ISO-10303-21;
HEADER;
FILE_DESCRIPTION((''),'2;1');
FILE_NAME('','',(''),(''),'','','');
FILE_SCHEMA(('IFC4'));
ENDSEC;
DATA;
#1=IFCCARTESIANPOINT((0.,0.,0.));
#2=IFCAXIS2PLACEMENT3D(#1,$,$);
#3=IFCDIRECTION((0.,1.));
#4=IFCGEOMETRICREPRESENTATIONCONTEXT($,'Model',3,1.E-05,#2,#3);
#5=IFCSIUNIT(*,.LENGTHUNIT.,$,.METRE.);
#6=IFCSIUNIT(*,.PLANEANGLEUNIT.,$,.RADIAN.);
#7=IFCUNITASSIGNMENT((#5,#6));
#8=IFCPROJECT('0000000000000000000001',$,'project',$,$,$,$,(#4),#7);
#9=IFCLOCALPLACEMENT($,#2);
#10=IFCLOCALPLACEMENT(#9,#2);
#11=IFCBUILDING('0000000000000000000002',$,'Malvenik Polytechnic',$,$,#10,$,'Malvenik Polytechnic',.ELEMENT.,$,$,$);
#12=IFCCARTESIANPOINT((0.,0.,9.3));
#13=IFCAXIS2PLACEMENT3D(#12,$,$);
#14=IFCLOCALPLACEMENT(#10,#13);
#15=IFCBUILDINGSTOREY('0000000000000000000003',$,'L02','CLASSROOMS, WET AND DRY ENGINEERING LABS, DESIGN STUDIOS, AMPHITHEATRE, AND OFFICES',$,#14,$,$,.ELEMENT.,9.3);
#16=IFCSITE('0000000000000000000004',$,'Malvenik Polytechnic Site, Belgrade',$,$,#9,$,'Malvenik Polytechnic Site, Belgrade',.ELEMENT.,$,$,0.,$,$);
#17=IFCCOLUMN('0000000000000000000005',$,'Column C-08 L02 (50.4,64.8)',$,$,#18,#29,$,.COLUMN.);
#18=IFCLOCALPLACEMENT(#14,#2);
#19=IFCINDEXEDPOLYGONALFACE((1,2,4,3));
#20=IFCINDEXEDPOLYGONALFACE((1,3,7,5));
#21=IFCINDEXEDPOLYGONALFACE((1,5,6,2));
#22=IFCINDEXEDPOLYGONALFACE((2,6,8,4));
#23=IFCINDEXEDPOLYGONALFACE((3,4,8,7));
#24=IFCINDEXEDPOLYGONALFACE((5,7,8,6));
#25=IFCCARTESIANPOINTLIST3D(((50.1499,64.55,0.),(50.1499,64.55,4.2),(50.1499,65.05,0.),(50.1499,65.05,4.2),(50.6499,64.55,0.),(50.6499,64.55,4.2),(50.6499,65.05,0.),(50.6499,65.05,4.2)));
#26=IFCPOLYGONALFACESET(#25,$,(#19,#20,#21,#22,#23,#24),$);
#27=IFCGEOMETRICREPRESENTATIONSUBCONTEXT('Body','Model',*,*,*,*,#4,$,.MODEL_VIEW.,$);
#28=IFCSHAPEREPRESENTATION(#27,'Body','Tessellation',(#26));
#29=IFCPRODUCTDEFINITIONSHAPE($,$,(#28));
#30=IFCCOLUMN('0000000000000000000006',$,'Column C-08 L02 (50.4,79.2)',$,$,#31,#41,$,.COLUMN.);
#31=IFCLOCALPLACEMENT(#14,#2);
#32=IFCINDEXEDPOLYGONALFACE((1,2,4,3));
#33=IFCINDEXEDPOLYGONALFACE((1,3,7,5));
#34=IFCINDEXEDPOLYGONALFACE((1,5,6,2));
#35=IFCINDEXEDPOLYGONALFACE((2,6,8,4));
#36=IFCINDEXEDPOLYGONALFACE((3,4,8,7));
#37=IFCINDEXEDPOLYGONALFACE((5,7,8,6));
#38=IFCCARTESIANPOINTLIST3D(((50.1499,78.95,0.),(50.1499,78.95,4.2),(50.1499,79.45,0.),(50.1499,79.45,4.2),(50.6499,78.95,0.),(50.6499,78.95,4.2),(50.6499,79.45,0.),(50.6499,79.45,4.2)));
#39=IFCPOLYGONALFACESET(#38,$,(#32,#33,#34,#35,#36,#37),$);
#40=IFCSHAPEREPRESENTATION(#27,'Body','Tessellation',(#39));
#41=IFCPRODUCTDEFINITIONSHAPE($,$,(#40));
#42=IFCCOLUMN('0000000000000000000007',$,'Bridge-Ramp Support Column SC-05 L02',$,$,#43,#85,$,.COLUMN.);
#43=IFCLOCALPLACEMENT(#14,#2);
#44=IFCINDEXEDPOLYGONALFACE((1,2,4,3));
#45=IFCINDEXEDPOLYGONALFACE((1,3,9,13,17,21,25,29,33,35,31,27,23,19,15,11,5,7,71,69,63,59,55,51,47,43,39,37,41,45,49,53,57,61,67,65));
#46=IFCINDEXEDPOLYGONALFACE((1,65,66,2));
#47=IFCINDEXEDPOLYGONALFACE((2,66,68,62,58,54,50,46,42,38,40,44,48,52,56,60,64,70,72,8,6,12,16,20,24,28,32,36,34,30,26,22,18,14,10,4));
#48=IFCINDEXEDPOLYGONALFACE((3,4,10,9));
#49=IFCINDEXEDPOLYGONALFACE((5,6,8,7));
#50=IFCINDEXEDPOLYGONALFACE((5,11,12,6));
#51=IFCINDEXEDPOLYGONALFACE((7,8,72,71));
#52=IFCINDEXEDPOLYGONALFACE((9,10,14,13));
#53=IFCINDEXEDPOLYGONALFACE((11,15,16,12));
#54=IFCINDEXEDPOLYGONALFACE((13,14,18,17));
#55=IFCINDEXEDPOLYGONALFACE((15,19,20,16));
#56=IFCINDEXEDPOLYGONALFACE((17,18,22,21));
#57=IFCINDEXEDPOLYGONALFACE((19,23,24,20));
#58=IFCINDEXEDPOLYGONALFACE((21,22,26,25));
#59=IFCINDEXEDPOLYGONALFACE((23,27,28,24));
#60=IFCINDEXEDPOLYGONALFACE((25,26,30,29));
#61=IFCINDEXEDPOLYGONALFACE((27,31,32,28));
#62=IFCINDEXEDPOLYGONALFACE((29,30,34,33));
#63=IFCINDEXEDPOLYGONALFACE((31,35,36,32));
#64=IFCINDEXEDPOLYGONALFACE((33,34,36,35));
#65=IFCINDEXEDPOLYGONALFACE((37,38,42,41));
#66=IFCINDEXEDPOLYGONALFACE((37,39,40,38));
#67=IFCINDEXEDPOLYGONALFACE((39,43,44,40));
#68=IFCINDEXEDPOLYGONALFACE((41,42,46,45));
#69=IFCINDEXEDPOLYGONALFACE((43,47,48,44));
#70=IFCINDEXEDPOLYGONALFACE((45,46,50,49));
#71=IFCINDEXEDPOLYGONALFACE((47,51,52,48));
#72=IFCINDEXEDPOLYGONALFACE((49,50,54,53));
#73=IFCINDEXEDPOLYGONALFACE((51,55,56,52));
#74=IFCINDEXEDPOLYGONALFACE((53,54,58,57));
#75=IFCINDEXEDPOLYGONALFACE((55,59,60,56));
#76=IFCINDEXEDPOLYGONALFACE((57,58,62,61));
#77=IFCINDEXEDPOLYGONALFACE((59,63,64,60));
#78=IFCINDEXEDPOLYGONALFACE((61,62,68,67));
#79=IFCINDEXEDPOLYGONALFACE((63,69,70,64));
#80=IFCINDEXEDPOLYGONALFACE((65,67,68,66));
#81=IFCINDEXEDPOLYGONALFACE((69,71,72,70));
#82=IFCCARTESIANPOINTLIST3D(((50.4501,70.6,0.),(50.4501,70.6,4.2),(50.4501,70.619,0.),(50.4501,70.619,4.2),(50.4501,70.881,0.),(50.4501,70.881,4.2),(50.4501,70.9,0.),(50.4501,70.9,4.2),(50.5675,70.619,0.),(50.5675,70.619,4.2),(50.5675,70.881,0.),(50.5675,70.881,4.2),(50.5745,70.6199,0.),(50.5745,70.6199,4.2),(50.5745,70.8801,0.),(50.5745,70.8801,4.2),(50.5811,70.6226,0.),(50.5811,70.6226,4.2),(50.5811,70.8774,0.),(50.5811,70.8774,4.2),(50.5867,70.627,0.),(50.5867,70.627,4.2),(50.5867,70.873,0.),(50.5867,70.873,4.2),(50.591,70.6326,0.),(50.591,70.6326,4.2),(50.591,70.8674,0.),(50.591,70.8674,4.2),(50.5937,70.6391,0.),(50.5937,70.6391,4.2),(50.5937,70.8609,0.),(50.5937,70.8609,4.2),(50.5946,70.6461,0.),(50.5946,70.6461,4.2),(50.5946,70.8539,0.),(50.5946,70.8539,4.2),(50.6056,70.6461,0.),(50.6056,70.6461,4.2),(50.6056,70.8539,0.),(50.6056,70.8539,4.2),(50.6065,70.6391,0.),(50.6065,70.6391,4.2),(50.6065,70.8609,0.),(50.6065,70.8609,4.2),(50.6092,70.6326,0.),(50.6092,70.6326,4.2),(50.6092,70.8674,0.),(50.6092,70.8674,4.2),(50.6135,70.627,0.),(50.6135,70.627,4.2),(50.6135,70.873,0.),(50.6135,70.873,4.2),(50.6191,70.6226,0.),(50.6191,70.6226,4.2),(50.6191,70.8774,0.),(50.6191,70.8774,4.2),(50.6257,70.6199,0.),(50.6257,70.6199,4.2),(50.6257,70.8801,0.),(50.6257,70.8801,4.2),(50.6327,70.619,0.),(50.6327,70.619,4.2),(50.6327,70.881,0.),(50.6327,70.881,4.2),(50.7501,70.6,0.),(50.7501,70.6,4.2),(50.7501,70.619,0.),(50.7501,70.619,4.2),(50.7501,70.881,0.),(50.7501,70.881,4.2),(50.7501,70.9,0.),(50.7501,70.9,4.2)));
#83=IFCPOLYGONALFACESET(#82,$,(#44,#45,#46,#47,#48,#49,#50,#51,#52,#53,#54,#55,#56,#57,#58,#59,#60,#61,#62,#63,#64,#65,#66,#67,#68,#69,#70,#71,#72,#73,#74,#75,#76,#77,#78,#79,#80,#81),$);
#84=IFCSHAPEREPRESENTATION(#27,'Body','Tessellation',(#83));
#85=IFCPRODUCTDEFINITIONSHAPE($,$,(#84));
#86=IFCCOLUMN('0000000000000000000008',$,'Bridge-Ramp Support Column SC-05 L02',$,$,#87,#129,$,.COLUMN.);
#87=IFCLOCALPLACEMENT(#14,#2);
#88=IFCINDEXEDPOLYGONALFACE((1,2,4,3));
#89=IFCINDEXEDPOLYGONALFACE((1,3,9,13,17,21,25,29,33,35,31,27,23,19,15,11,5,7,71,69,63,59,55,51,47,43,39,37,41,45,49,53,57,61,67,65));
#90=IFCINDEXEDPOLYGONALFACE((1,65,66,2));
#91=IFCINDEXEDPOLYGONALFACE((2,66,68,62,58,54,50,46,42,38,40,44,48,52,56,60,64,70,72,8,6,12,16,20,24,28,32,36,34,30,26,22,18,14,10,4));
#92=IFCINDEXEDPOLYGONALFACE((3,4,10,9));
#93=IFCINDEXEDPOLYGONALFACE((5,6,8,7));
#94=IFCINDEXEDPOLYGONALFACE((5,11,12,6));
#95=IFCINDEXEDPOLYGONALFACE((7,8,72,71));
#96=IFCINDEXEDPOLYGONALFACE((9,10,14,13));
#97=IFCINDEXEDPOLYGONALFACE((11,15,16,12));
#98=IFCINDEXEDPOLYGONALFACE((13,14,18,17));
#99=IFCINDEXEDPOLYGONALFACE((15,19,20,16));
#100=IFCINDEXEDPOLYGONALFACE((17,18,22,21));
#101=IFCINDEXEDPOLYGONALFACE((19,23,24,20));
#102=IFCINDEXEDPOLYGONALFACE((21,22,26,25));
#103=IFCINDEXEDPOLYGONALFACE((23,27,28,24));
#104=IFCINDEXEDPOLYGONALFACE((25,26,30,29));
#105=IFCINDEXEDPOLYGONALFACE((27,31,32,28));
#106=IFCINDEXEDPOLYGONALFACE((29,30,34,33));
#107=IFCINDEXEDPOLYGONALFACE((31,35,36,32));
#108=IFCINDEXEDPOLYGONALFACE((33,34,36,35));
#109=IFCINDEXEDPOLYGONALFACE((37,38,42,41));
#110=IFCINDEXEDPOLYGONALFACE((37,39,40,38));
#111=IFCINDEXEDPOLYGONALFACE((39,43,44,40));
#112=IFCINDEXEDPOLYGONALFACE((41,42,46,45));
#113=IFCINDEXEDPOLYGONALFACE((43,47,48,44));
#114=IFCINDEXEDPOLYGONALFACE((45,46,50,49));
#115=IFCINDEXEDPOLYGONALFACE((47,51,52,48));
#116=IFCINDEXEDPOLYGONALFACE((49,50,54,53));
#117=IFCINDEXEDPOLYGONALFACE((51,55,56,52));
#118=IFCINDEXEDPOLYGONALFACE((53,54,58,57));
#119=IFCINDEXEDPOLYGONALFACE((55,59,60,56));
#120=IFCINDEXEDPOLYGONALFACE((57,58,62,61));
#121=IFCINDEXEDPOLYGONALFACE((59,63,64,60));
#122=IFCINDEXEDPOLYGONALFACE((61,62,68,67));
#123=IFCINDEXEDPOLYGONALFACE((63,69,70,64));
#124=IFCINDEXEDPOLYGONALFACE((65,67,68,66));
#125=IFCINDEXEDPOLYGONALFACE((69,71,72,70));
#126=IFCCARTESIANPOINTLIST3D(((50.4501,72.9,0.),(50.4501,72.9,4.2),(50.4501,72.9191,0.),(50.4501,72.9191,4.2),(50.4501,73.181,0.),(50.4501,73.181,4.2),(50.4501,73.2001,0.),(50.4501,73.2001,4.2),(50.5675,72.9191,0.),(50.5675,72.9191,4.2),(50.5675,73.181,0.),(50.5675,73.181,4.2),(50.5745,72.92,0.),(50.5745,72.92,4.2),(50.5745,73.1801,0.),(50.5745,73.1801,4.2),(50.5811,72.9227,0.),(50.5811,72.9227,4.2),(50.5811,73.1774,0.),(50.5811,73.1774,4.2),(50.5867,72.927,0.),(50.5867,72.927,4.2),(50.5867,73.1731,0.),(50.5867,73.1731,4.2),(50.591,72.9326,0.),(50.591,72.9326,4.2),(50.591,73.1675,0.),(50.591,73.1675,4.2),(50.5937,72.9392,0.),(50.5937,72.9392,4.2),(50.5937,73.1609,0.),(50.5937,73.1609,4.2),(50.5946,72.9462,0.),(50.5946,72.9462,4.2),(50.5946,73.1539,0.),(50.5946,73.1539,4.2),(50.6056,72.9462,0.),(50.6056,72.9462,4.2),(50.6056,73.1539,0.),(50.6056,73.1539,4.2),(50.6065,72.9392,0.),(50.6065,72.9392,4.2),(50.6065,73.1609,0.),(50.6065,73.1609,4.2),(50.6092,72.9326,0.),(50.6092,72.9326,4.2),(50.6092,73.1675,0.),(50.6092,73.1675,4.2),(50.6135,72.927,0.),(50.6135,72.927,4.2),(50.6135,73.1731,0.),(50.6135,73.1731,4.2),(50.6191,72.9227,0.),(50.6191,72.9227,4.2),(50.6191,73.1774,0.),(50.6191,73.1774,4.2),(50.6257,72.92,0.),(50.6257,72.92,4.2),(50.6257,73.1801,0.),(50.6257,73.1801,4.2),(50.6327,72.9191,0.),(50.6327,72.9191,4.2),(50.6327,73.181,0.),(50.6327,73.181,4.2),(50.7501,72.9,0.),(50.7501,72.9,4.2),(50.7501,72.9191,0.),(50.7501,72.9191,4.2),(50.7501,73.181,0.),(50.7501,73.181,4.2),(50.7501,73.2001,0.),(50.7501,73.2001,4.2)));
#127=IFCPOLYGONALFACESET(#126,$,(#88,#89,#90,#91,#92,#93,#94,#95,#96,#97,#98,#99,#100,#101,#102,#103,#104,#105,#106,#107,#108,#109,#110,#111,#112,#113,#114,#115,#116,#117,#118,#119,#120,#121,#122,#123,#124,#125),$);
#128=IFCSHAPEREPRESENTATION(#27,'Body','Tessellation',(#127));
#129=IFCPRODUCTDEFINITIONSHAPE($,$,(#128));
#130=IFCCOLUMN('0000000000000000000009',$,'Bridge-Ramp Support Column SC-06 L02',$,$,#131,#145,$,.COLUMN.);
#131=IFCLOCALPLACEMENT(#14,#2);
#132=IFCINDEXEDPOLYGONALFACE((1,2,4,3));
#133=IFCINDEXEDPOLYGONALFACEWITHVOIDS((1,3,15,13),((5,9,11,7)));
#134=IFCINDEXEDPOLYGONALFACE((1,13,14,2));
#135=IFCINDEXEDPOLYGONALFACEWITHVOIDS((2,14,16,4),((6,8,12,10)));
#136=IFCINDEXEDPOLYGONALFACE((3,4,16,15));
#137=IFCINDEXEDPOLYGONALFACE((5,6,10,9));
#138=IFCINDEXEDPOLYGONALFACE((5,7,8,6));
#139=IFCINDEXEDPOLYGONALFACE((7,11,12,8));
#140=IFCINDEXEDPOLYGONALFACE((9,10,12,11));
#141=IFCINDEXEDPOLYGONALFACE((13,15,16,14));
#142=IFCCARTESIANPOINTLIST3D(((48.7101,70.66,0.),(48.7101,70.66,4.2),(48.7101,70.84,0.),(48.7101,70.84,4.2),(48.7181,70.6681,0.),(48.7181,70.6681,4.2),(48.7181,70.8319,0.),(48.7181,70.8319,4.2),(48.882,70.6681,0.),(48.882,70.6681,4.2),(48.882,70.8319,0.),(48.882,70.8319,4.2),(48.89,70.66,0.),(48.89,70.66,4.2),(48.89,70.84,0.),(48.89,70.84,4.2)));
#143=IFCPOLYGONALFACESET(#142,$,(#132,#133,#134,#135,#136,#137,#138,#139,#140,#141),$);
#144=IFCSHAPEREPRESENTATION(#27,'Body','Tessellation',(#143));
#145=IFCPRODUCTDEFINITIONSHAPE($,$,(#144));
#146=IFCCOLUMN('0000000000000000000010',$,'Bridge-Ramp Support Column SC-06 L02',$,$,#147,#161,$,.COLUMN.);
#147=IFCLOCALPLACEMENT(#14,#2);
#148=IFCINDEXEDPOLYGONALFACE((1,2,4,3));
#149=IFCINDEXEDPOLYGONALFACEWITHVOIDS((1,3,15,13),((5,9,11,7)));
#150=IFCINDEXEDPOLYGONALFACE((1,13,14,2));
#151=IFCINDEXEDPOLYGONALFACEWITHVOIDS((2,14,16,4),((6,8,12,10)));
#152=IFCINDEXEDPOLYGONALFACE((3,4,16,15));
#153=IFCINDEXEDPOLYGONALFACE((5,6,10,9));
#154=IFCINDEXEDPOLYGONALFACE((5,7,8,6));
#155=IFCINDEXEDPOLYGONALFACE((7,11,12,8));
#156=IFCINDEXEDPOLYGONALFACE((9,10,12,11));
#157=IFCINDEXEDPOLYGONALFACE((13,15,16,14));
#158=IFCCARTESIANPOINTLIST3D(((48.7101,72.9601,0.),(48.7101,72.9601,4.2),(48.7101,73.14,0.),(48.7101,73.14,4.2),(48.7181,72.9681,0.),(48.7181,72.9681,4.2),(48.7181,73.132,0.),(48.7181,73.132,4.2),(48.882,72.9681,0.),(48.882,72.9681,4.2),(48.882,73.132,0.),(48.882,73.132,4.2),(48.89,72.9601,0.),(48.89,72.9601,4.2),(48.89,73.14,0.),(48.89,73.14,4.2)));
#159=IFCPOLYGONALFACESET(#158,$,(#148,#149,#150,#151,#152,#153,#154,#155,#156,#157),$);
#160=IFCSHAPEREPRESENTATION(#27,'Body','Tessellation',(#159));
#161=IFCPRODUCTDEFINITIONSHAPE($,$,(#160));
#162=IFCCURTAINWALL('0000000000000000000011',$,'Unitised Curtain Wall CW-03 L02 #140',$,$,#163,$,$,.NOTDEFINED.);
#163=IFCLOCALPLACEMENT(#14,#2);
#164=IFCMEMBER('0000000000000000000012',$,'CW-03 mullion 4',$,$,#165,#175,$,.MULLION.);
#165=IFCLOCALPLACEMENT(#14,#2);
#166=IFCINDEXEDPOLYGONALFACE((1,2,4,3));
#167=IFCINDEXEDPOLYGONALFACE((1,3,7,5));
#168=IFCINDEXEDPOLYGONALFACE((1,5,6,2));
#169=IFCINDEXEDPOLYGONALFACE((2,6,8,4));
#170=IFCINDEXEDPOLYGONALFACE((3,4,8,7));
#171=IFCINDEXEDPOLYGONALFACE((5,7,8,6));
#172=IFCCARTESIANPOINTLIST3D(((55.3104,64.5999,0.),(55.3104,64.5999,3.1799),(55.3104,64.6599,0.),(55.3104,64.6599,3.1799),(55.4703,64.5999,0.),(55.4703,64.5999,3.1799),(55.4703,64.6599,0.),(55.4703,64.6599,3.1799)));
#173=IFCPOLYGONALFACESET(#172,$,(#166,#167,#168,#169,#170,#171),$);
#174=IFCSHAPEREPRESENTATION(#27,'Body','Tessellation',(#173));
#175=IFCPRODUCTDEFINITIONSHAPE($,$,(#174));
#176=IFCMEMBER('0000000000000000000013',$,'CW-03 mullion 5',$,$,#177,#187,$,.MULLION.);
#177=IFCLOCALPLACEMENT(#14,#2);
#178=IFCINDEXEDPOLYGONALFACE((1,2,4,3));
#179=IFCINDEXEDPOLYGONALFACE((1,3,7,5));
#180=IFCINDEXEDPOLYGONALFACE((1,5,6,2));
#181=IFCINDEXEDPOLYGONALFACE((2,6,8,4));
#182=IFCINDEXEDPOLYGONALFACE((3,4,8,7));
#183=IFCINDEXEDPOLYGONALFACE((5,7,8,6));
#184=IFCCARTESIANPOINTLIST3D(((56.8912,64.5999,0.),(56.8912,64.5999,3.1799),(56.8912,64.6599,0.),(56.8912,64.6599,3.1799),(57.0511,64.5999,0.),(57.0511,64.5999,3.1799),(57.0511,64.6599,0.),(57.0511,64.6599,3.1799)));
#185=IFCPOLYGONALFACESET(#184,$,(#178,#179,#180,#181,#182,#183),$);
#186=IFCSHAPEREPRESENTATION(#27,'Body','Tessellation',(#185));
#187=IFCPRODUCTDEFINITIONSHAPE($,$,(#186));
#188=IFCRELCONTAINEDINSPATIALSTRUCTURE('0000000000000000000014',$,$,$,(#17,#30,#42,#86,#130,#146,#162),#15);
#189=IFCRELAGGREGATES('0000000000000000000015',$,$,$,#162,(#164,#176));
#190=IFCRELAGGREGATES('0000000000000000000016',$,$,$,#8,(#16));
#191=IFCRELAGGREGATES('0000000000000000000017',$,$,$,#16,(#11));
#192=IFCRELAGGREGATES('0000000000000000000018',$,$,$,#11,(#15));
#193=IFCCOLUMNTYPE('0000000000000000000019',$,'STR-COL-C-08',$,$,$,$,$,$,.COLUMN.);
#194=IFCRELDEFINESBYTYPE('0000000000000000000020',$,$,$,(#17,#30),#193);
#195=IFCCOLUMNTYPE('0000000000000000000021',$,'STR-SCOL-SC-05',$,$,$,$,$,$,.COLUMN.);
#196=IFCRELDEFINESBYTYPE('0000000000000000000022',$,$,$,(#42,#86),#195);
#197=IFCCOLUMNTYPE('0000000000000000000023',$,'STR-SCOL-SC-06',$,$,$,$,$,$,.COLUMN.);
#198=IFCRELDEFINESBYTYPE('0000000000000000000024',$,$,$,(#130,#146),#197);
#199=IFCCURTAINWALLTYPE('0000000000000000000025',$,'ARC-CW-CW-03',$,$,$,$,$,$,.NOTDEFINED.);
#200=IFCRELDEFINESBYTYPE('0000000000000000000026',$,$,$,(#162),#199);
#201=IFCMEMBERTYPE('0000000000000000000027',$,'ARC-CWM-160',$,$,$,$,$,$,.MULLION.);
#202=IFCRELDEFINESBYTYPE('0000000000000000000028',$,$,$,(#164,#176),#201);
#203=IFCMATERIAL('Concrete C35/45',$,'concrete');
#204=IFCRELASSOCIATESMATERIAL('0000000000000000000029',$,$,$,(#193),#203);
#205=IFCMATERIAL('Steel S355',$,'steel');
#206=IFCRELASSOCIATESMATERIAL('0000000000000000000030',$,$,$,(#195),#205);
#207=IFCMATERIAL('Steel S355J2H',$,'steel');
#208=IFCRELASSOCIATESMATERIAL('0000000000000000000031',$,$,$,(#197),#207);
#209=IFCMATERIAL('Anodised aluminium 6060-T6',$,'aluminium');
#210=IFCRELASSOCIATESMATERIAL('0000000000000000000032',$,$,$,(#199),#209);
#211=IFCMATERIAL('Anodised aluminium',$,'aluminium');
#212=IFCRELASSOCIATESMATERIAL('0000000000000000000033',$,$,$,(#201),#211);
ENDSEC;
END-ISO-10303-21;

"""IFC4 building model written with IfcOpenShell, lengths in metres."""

from ifc_helpers import new_model, si_unit, direction, frame, origin, origin_2d, place, context, subcontext, project, spatial, rectangle, hollow_rectangle, i_section, extrude, material, material_profile, profile_set, type_object, element, aggregate, save


model = new_model("IFC4")

# Units and contexts
model_context = context("Model", 3, precision=1e-05, world=origin(), true_north=direction((0.0, 1.0)))
body_context = subcontext(model_context, "Body", "Model", "MODEL_VIEW")
ifc_project = project(units=[si_unit("LENGTHUNIT", "METRE"), si_unit("PLANEANGLEUNIT", "RADIAN")], contexts=[model_context])

# Site, building, storey
site_placement = place(None, origin())
site = spatial("IfcSite", under=ifc_project, at=site_placement, Name="Malvenik Polytechnic Site, Belgrade", LongName="Malvenik Polytechnic Site, Belgrade", CompositionType="ELEMENT", RefElevation=0.0)
building_placement = place(site_placement, origin())
building = spatial("IfcBuilding", under=site, at=building_placement, Name="Malvenik Polytechnic", LongName="Malvenik Polytechnic", CompositionType="ELEMENT")
storey_placement = place(building_placement, frame((0.0, 0.0, 9.3)))
storey = spatial("IfcBuildingStorey", under=building, at=storey_placement, Name="L02", Description="CLASSROOMS, WET AND DRY ENGINEERING LABS, DESIGN STUDIOS, AMPHITHEATRE, AND OFFICES", CompositionType="ELEMENT", Elevation=9.3)

# Columns
ifc_material_1 = material(Name="Concrete C35/45", Category="concrete")
ifc_material_profile_1 = material_profile(ifc_material_1, rectangle(XDim=0.5, YDim=0.5, at=origin_2d()), Name="RC COL 500x500")
ifc_profile_set_1 = profile_set([ifc_material_profile_1], Name="Concrete C35/45")
column_type_1 = type_object("IfcColumnType", Name="STR-COL-C-08", PredefinedType="COLUMN", material=ifc_profile_set_1)
for number, where, z_axis, x_axis, name in (
    (1, (50.3999, 64.8, 0.0), (0.0, 0.0, 1.0), (1.0, 0.0, 0.0), "Column C-08 L02 (50.4,64.8)"),
    (2, (50.3999, 79.2, 0.0), (0.0, 0.0, 1.0), (1.0, 0.0, 0.0), "Column C-08 L02 (50.4,79.2)"),
):
    element("IfcColumn", number, at=place(storey_placement, frame(where, z_axis=z_axis, x_axis=x_axis)), inside=storey, type_object=column_type_1, Name=name, PredefinedType="COLUMN", context=body_context, shape_type="SweptSolid", body=[
        extrude(rectangle(XDim=0.5, YDim=0.5, at=origin_2d()), origin(), (0.0, 0.0, 1.0), 4.2),
    ])
ifc_material_2 = material(Name="Steel S355", Category="steel")
ifc_material_profile_2 = material_profile(ifc_material_2, i_section(OverallWidth=0.3, OverallDepth=0.3, WebThickness=0.011, FlangeThickness=0.019, FilletRadius=0.0271, at=origin_2d()), Name="HEB 300")
ifc_profile_set_2 = profile_set([ifc_material_profile_2], Name="Steel S355")
column_type_2 = type_object("IfcColumnType", Name="STR-SCOL-SC-05", PredefinedType="COLUMN", material=ifc_profile_set_2)
for number, where, z_axis, x_axis, name in (
    (3, (50.6001, 70.75, 0.0), (0.0, 0.0, 1.0), (1.0, 0.0, 0.0), "Bridge-Ramp Support Column SC-05 L02"),
    (4, (50.6001, 73.05, 0.0), (0.0, 0.0, 1.0), (1.0, 0.0, 0.0), "Bridge-Ramp Support Column SC-05 L02"),
):
    element("IfcColumn", number, at=place(storey_placement, frame(where, z_axis=z_axis, x_axis=x_axis)), inside=storey, type_object=column_type_2, Name=name, PredefinedType="COLUMN", context=body_context, shape_type="SweptSolid", body=[
        extrude(i_section(OverallWidth=0.3, OverallDepth=0.3, WebThickness=0.011, FlangeThickness=0.019, FilletRadius=0.0271, at=origin_2d()), origin(), (0.0, 0.0, 1.0), 4.2),
    ])
ifc_material_3 = material(Name="Steel S355J2H", Category="steel")
ifc_material_profile_3 = material_profile(ifc_material_3, hollow_rectangle(XDim=0.1799, YDim=0.1799, WallThickness=0.0081, at=origin_2d()), Name="SHS 180x180x8.0")
ifc_profile_set_3 = profile_set([ifc_material_profile_3], Name="Steel S355J2H")
column_type_3 = type_object("IfcColumnType", Name="STR-SCOL-SC-06", PredefinedType="COLUMN", material=ifc_profile_set_3)
for number, where, z_axis, x_axis, name in (
    (5, (48.8, 70.75, 0.0), (0.0, 0.0, 1.0), (1.0, 0.0, 0.0), "Bridge-Ramp Support Column SC-06 L02"),
    (6, (48.8, 73.05, 0.0), (0.0, 0.0, 1.0), (1.0, 0.0, 0.0), "Bridge-Ramp Support Column SC-06 L02"),
):
    element("IfcColumn", number, at=place(storey_placement, frame(where, z_axis=z_axis, x_axis=x_axis)), inside=storey, type_object=column_type_3, Name=name, PredefinedType="COLUMN", context=body_context, shape_type="SweptSolid", body=[
        extrude(hollow_rectangle(XDim=0.1799, YDim=0.1799, WallThickness=0.0081, at=origin_2d()), origin(), (0.0, 0.0, 1.0), 4.2),
    ])

# Curtain wall, members
ifc_material_4 = material(Name="Anodised aluminium 6060-T6", Category="aluminium")
curtain_wall_type = type_object("IfcCurtainWallType", Name="ARC-CW-CW-03", PredefinedType="NOTDEFINED", material=ifc_material_4)
curtain_wall_placement = place(storey_placement, origin())
curtain_wall = element("IfcCurtainWall", 7, at=curtain_wall_placement, inside=storey, type_object=curtain_wall_type, Name="Unitised Curtain Wall CW-03 L02 #140", PredefinedType="NOTDEFINED")
ifc_material_5 = material(Name="Anodised aluminium", Category="aluminium")
ifc_material_profile_4 = material_profile(ifc_material_5, rectangle(XDim=0.0601, YDim=0.1599, at=origin_2d()), Name="ALU MULLION 60x160")
ifc_profile_set_4 = profile_set([ifc_material_profile_4], Name="Anodised aluminium")
member_type_1 = type_object("IfcMemberType", Name="ARC-CWM-160", PredefinedType="MULLION", material=ifc_profile_set_4)
member_1_placement = place(storey_placement, frame((55.3904, 64.6299, 0.0), z_axis=(0.0, 0.0, 1.0), x_axis=(0.0, 1.0, 0.0)))
member_1 = element("IfcMember", 8, at=member_1_placement, type_object=member_type_1, Name="CW-03 mullion 4", PredefinedType="MULLION", context=body_context, shape_type="SweptSolid", body=[
    extrude(rectangle(XDim=0.0601, YDim=0.1599, at=origin_2d()), origin(), (0.0, 0.0, 1.0), 3.1799),
])
member_2_placement = place(storey_placement, frame((56.9712, 64.6299, 0.0), z_axis=(0.0, 0.0, 1.0), x_axis=(0.0, 1.0, 0.0)))
member_2 = element("IfcMember", 9, at=member_2_placement, type_object=member_type_1, Name="CW-03 mullion 5", PredefinedType="MULLION", context=body_context, shape_type="SweptSolid", body=[
    extrude(rectangle(XDim=0.0601, YDim=0.1599, at=origin_2d()), origin(), (0.0, 0.0, 1.0), 3.1799),
])

aggregate(curtain_wall, [member_1, member_2])

save(model, "model.ifc")
